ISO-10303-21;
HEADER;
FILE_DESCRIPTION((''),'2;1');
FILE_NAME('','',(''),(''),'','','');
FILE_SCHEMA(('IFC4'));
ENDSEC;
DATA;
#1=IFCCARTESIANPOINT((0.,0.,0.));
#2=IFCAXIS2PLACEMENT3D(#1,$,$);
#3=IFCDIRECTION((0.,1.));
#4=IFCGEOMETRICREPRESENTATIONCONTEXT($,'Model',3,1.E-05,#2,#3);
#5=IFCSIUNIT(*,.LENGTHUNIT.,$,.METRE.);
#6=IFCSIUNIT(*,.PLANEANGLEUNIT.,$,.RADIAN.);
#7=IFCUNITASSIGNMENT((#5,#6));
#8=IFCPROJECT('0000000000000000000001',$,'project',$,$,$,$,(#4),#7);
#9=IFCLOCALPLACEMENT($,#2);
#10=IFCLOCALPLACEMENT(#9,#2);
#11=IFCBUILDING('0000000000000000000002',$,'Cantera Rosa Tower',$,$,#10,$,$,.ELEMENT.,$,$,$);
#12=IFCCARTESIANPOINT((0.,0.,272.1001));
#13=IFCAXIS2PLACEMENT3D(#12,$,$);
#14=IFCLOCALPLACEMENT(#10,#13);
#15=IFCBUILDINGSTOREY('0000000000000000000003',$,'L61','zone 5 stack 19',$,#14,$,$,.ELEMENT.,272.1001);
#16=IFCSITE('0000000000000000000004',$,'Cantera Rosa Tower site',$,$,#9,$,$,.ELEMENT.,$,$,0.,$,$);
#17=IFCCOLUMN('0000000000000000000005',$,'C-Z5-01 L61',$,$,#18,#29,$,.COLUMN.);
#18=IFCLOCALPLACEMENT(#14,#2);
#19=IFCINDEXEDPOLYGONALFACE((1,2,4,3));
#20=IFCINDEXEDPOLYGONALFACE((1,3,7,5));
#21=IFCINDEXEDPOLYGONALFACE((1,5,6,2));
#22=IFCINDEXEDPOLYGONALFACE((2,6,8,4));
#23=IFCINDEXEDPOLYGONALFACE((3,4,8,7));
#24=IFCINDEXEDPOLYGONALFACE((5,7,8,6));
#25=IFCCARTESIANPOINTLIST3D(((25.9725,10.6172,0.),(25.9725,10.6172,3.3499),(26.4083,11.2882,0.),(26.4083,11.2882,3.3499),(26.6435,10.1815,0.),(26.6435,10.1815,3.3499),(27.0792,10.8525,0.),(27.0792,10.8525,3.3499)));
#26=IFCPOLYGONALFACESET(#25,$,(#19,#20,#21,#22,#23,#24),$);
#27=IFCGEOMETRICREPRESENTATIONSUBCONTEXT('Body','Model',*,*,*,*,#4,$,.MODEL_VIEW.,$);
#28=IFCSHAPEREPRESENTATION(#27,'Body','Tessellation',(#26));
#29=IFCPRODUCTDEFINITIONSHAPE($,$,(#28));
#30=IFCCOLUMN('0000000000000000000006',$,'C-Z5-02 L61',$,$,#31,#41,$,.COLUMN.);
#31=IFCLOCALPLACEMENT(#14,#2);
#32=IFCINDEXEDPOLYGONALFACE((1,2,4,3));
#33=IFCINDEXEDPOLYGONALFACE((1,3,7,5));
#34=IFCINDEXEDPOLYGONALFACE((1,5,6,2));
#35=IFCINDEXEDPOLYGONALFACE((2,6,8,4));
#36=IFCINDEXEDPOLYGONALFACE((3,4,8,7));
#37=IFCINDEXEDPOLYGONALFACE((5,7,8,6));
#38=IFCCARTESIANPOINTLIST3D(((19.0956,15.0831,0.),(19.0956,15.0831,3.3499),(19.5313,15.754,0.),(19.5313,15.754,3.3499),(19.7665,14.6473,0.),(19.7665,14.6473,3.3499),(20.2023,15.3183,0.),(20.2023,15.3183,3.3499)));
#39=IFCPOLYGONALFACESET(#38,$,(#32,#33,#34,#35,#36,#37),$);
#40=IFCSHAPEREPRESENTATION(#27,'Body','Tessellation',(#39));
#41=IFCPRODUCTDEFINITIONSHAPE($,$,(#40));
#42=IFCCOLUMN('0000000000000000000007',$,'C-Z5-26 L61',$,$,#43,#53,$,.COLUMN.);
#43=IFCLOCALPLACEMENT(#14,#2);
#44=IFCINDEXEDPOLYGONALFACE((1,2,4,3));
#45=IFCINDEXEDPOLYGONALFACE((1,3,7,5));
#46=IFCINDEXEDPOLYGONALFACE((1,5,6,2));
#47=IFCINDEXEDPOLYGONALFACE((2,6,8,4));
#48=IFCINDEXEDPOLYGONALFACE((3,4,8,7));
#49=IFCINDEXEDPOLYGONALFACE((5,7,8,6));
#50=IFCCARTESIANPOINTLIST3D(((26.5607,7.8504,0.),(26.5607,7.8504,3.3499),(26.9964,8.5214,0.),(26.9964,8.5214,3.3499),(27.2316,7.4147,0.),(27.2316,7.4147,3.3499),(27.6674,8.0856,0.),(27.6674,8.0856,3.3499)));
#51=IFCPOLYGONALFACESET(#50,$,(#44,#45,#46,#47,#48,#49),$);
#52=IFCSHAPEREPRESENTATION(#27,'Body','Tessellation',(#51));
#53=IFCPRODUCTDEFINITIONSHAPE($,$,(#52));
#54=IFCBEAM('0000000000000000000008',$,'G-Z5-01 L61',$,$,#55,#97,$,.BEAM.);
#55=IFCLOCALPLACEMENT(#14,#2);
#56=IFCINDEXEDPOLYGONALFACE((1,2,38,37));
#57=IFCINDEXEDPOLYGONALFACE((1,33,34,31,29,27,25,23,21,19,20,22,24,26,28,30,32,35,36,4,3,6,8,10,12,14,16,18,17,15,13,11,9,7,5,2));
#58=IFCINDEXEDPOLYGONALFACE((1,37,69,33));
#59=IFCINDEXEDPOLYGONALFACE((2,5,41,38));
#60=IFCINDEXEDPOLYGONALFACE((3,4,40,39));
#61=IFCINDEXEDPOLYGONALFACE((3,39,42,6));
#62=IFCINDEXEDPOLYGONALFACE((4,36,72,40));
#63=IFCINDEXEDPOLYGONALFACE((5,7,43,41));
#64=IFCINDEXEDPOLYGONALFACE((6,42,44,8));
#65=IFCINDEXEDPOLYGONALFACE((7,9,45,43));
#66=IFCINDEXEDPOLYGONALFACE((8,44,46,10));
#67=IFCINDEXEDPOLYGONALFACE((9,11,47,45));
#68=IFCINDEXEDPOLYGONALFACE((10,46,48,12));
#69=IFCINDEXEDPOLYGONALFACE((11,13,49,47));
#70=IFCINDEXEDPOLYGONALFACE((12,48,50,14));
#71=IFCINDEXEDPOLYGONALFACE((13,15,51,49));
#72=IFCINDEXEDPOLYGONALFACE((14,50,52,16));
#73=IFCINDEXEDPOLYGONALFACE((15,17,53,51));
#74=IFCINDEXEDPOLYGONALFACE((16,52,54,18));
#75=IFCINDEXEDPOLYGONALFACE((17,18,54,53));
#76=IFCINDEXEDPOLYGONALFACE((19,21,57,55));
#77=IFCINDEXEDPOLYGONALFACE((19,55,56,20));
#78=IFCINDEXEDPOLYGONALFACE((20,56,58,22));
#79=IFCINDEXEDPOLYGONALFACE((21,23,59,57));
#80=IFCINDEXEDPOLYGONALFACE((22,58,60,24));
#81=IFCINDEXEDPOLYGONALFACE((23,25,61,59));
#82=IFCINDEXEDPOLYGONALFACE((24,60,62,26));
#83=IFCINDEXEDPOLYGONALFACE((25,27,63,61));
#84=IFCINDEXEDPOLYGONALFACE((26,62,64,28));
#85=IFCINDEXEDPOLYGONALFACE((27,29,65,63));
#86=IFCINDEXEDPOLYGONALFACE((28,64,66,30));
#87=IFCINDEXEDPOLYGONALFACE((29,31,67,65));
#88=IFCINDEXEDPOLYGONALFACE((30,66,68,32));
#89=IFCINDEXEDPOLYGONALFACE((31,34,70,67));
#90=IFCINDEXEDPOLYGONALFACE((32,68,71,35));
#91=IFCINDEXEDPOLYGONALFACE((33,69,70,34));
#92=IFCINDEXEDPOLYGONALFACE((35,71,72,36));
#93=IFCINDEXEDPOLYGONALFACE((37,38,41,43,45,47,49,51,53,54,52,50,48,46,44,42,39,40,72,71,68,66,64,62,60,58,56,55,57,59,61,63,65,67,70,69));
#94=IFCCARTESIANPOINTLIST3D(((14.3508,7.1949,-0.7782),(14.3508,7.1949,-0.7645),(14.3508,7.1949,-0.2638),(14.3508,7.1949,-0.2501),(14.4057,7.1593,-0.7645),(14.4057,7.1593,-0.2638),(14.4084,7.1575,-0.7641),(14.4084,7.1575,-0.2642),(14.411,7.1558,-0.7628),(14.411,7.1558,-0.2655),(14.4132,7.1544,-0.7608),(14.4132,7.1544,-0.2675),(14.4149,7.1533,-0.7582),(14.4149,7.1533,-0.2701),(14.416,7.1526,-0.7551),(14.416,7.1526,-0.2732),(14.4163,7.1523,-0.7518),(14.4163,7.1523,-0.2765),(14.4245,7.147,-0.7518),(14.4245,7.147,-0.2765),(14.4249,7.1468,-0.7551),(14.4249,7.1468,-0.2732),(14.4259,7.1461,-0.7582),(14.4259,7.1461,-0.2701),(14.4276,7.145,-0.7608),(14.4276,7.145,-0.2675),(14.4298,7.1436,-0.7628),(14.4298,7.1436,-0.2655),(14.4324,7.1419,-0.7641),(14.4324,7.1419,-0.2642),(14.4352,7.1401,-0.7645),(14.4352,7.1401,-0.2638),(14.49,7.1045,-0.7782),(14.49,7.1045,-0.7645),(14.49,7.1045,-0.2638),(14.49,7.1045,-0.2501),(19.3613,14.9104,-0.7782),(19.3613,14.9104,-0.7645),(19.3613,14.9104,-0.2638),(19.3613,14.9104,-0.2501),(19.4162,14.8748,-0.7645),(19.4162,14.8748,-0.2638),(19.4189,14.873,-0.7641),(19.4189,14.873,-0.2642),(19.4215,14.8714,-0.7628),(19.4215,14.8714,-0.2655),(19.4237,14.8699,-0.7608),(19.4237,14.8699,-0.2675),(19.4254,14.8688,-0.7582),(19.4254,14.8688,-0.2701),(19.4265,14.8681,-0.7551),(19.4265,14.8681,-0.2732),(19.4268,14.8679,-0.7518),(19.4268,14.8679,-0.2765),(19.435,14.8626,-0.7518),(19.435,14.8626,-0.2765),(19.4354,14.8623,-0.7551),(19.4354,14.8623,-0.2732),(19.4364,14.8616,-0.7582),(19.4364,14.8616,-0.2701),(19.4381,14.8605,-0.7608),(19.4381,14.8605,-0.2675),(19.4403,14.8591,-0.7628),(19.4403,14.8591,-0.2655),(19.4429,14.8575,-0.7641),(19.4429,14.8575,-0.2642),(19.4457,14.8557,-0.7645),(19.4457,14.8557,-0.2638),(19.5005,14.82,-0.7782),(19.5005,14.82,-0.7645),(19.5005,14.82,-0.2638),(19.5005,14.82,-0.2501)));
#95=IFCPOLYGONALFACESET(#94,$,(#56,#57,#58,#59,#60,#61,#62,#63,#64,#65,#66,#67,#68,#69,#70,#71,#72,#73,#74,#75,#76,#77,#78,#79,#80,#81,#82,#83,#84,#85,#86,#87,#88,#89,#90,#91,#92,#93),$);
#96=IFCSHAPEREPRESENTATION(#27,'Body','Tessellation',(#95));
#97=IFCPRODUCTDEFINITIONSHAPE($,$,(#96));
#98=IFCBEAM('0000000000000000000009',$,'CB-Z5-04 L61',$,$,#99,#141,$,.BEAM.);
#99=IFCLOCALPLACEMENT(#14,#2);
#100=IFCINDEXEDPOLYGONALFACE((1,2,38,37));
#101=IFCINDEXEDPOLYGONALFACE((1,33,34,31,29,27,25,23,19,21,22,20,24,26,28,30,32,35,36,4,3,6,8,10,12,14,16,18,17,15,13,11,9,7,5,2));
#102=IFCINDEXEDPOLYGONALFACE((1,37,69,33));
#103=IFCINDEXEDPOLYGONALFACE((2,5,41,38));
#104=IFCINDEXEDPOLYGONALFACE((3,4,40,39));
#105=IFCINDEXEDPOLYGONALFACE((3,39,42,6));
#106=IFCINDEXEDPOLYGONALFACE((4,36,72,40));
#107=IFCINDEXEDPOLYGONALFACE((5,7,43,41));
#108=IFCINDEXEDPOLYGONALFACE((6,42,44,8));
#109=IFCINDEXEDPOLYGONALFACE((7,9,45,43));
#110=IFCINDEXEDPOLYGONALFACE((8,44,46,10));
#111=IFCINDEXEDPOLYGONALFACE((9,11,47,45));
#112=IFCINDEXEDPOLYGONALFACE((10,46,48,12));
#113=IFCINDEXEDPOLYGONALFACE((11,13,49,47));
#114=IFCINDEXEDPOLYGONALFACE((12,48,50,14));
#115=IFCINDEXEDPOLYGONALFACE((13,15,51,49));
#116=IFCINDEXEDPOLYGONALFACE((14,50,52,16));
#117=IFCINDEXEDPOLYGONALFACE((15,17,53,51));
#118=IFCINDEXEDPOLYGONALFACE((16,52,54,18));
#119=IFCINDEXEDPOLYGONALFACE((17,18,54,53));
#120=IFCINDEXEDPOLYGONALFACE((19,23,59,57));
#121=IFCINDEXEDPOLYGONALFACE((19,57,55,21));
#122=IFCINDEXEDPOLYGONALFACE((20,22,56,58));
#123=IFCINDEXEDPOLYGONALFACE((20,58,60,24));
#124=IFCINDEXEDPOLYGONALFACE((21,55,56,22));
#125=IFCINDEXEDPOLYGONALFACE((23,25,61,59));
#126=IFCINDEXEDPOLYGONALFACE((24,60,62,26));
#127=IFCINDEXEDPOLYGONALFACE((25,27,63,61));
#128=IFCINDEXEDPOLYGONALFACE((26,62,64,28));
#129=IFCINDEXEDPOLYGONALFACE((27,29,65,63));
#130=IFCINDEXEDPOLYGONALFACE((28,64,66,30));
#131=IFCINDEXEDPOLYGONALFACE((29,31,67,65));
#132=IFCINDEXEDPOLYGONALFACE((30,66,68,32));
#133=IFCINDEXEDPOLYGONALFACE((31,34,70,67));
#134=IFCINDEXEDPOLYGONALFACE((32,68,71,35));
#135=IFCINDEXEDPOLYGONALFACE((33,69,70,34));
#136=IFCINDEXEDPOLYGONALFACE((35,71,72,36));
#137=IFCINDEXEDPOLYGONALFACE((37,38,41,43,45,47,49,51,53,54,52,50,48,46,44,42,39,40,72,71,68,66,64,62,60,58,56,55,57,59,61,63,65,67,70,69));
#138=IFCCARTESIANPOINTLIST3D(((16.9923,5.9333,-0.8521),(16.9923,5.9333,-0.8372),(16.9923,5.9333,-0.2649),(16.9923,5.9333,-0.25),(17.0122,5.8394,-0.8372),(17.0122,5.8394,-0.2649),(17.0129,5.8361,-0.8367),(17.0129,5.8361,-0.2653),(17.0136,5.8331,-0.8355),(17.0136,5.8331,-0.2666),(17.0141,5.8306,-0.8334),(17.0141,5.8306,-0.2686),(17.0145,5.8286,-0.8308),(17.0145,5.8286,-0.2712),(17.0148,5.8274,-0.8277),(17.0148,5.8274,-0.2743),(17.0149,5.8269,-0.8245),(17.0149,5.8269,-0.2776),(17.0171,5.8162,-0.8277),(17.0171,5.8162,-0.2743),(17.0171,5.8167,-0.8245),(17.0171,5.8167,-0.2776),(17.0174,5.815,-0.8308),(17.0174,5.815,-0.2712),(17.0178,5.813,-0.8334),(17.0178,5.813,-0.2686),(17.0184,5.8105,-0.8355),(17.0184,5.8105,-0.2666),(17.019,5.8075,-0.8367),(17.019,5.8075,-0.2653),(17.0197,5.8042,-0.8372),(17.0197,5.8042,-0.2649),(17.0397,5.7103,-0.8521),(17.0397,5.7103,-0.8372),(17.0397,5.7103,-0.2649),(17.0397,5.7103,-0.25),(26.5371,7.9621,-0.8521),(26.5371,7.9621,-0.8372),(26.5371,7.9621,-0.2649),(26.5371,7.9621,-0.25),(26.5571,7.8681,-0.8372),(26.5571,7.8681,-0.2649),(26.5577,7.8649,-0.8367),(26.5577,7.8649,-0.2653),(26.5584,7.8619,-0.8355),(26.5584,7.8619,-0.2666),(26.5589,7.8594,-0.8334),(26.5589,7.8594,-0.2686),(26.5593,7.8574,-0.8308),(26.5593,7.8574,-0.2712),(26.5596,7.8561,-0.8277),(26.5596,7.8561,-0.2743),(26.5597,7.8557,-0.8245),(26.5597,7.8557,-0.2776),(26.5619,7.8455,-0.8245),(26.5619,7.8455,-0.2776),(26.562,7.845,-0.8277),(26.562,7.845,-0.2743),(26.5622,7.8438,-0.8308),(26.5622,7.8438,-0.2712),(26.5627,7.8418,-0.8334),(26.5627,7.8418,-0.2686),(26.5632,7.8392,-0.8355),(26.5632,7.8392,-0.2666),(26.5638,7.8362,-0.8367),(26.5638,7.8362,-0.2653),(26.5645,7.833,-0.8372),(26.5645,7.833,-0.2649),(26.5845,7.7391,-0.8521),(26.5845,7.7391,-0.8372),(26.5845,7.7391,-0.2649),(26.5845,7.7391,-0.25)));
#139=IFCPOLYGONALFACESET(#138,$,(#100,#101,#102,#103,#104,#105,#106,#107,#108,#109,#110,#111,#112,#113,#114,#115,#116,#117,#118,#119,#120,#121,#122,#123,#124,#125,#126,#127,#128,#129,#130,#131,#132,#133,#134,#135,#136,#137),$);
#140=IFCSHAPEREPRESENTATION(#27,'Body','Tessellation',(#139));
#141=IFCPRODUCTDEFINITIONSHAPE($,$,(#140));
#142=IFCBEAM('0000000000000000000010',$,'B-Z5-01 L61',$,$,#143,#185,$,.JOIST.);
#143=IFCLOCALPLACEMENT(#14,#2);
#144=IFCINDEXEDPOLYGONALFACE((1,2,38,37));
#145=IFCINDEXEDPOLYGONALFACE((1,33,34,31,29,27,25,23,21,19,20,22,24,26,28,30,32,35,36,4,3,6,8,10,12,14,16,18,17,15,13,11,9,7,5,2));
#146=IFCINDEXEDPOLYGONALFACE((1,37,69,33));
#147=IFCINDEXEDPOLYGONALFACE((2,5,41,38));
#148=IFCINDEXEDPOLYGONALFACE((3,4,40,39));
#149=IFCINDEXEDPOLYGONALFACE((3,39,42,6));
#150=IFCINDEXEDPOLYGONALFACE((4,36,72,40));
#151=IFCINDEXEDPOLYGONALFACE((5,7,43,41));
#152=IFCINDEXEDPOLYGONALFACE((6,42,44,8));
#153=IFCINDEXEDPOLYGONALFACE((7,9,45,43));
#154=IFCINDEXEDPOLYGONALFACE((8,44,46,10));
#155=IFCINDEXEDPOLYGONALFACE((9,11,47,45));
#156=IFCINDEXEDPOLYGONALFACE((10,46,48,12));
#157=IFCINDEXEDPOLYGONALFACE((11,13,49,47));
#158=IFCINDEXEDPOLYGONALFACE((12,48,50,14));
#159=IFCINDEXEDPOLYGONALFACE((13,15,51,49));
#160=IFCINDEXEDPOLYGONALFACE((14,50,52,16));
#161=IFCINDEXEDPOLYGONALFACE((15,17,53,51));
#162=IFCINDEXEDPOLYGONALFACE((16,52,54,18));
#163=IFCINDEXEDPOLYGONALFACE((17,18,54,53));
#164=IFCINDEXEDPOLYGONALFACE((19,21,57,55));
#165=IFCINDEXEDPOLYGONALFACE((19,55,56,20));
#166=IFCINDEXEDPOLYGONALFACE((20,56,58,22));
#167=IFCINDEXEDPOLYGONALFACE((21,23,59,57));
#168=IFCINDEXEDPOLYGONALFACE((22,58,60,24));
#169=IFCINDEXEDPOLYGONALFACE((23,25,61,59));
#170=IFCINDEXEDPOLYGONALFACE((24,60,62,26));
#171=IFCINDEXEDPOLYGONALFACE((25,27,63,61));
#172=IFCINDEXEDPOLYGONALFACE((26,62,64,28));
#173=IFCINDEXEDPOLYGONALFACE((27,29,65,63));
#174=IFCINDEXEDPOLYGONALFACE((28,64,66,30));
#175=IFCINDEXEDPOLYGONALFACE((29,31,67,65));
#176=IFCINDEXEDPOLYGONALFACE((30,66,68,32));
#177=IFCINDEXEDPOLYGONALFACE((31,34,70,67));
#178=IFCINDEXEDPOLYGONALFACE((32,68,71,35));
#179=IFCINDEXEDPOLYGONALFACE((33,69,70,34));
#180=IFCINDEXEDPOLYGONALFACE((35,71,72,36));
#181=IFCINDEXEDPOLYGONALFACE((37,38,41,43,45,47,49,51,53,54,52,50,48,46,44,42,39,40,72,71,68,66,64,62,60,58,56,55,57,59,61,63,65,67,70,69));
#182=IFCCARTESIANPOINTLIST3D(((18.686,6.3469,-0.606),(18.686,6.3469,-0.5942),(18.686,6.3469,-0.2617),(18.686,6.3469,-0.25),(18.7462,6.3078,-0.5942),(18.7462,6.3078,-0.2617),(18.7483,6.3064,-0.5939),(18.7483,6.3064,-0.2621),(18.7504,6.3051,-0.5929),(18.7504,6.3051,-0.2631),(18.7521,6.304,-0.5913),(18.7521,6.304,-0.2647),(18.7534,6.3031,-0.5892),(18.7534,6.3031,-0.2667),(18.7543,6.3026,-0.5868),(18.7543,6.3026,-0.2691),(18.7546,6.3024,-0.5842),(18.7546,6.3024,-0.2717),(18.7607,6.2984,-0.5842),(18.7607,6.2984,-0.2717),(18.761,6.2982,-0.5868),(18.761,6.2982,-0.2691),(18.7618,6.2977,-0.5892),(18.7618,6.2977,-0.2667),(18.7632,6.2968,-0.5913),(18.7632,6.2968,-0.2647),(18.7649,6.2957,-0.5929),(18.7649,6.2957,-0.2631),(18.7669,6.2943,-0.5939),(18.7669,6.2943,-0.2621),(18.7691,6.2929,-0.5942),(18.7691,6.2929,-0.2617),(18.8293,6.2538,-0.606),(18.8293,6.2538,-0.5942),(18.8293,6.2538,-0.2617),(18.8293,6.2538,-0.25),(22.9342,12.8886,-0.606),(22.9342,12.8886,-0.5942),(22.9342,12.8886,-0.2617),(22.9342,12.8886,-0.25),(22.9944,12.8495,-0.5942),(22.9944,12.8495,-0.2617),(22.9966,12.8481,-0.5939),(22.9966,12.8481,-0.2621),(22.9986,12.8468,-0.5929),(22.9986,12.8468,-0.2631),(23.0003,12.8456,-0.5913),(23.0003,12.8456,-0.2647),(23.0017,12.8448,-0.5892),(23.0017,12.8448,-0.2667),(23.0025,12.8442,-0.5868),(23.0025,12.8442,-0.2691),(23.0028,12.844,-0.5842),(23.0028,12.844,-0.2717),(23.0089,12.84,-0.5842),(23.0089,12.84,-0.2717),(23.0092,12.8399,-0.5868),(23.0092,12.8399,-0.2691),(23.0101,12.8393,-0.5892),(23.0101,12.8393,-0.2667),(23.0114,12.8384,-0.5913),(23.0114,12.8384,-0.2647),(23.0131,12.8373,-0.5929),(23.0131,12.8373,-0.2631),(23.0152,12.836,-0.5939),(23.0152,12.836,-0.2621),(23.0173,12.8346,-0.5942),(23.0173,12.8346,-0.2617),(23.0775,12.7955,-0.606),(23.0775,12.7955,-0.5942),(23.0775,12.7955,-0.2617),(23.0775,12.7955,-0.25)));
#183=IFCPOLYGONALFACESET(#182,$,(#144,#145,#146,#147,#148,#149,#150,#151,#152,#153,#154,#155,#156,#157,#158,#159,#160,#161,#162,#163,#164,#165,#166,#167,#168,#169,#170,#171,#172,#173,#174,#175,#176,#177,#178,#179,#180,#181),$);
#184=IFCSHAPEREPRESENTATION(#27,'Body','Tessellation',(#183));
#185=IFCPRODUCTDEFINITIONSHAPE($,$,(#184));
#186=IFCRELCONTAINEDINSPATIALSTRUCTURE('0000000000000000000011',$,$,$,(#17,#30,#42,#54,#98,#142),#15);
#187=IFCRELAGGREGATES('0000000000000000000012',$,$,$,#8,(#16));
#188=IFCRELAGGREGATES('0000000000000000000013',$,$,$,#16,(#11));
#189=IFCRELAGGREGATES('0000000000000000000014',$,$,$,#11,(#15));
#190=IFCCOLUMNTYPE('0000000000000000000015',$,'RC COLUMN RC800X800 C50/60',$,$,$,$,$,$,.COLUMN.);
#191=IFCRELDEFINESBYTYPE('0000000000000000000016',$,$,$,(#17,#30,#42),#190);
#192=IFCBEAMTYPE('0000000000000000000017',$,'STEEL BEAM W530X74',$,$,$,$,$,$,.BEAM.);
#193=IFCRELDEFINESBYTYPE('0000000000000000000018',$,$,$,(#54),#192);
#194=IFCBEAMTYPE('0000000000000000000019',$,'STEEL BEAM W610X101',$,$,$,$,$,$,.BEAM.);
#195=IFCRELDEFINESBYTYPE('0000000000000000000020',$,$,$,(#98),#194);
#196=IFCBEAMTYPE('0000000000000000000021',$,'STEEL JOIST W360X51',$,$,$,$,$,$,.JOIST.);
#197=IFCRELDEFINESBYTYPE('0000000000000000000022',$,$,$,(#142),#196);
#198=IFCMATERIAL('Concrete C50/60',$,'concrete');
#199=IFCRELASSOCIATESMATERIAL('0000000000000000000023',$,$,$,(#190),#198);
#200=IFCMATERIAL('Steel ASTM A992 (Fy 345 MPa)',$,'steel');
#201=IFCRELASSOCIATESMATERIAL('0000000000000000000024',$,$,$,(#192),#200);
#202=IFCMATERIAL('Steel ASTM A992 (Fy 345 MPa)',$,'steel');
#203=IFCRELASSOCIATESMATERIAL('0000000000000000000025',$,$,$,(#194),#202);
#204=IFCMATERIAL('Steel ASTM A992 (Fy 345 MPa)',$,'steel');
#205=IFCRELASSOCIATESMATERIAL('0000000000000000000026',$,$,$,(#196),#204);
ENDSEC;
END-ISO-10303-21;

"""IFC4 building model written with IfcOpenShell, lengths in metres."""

from ifc_helpers import new_model, si_unit, direction, frame, origin, origin_2d, place, context, subcontext, project, spatial, rectangle, i_section, extrude, material, material_profile, profile_set, type_object, element, save


model = new_model("IFC4")

# Units and contexts
model_context = context("Model", 3, precision=1e-05, world=origin(), true_north=direction((0.0, 1.0)))
body_context = subcontext(model_context, "Body", "Model", "MODEL_VIEW")
ifc_project = project(units=[si_unit("LENGTHUNIT", "METRE"), si_unit("PLANEANGLEUNIT", "RADIAN")], contexts=[model_context])

# Site, building, storey
site_placement = place(None, origin())
site = spatial("IfcSite", under=ifc_project, at=site_placement, Name="Cantera Rosa Tower site", CompositionType="ELEMENT", RefElevation=0.0)
building_placement = place(site_placement, origin())
building = spatial("IfcBuilding", under=site, at=building_placement, Name="Cantera Rosa Tower", CompositionType="ELEMENT")
storey_placement = place(building_placement, frame((0.0, 0.0, 272.1001)))
storey = spatial("IfcBuildingStorey", under=building, at=storey_placement, Name="L61", Description="zone 5 stack 19", CompositionType="ELEMENT", Elevation=272.1001)

# Columns
ifc_material_1 = material(Name="Concrete C50/60", Category="concrete")
ifc_material_profile_1 = material_profile(ifc_material_1, rectangle(XDim=0.8, YDim=0.8, at=origin_2d()), Name="RC COLUMN RC800X800 C50/60")
ifc_profile_set_1 = profile_set([ifc_material_profile_1], Name="Concrete C50/60")
column_type = type_object("IfcColumnType", Name="RC COLUMN RC800X800 C50/60", PredefinedType="COLUMN", material=ifc_profile_set_1)
for number, where, z_axis, x_axis, name in (
    (1, (26.5259, 10.7349, 0.0), (0.0, 0.0, 1.0), (0.544639, 0.838671, 0.0), "C-Z5-01 L61"),
    (2, (19.6489, 15.2007, 0.0), (0.0, 0.0, 1.0), (0.544639, 0.838671, 0.0), "C-Z5-02 L61"),
    (3, (27.114, 7.968, 0.0), (0.0, 0.0, 1.0), (0.544639, 0.838671, 0.0), "C-Z5-26 L61"),
):
    element("IfcColumn", number, at=place(storey_placement, frame(where, z_axis=z_axis, x_axis=x_axis)), inside=storey, type_object=column_type, Name=name, PredefinedType="COLUMN", context=body_context, shape_type="SweptSolid", body=[
        extrude(rectangle(XDim=0.8, YDim=0.8, at=origin_2d()), origin(), (0.0, 0.0, 1.0), 3.3499),
    ])

# Beams
ifc_material_2 = material(Name="Steel ASTM A992 (Fy 345 MPa)", Category="steel")
ifc_material_profile_2 = material_profile(ifc_material_2, i_section(OverallWidth=0.166, OverallDepth=0.5281, WebThickness=0.0098, FlangeThickness=0.0137, FilletRadius=0.0127, at=origin_2d()), Name="W530X74")
ifc_profile_set_2 = profile_set([ifc_material_profile_2], Name="Steel ASTM A992 (Fy 345 MPa)")
beam_type_1 = type_object("IfcBeamType", Name="STEEL BEAM W530X74", PredefinedType="BEAM", material=ifc_profile_set_2)
beam_1_placement = place(storey_placement, frame((19.4309, 14.8652, -0.5142), z_axis=(-0.544635, -0.838673, 0.0), x_axis=(0.838673, -0.544635, 0.0)))
element("IfcBeam", 4, at=beam_1_placement, inside=storey, type_object=beam_type_1, Name="G-Z5-01 L61", PredefinedType="BEAM", context=body_context, shape_type="SweptSolid", body=[
    extrude(i_section(OverallWidth=0.166, OverallDepth=0.5281, WebThickness=0.0098, FlangeThickness=0.0137, FilletRadius=0.0127, at=origin_2d()), origin(), (0.0, 0.0, 1.0), 9.1997),
])
ifc_material_3 = material(Name="Steel ASTM A992 (Fy 345 MPa)", Category="steel")
ifc_material_profile_3 = material_profile(ifc_material_3, i_section(OverallWidth=0.228, OverallDepth=0.6021, WebThickness=0.0105, FlangeThickness=0.0149, FilletRadius=0.0127, at=origin_2d()), Name="W610X101")
ifc_profile_set_3 = profile_set([ifc_material_profile_3], Name="Steel ASTM A992 (Fy 345 MPa)")
beam_type_2 = type_object("IfcBeamType", Name="STEEL BEAM W610X101", PredefinedType="BEAM", material=ifc_profile_set_3)
beam_2_placement = place(storey_placement, frame((26.5608, 7.8506, -0.551), z_axis=(-0.978148, -0.207909, 0.0), x_axis=(0.207909, -0.978148, 0.0)))
element("IfcBeam", 5, at=beam_2_placement, inside=storey, type_object=beam_type_2, Name="CB-Z5-04 L61", PredefinedType="BEAM", context=body_context, shape_type="SweptSolid", body=[
    extrude(i_section(OverallWidth=0.228, OverallDepth=0.6021, WebThickness=0.0105, FlangeThickness=0.0149, FilletRadius=0.0127, at=origin_2d()), origin(), (0.0, 0.0, 1.0), 9.7581),
])
ifc_material_4 = material(Name="Steel ASTM A992 (Fy 345 MPa)", Category="steel")
ifc_material_profile_4 = material_profile(ifc_material_4, i_section(OverallWidth=0.1709, OverallDepth=0.356, WebThickness=0.0073, FlangeThickness=0.0117, FilletRadius=0.01, at=origin_2d()), Name="W360X51")
ifc_profile_set_4 = profile_set([ifc_material_profile_4], Name="Steel ASTM A992 (Fy 345 MPa)")
beam_type_3 = type_object("IfcBeamType", Name="STEEL JOIST W360X51", PredefinedType="JOIST", material=ifc_profile_set_4)
beam_3_placement = place(storey_placement, frame((23.0059, 12.842, -0.428), z_axis=(-0.544642, -0.838669, 0.0), x_axis=(0.838669, -0.544642, 0.0)))
element("IfcBeam", 6, at=beam_3_placement, inside=storey, type_object=beam_type_3, Name="B-Z5-01 L61", PredefinedType="JOIST", context=body_context, shape_type="SweptSolid", body=[
    extrude(i_section(OverallWidth=0.1709, OverallDepth=0.356, WebThickness=0.0073, FlangeThickness=0.0117, FilletRadius=0.01, at=origin_2d()), origin(), (0.0, 0.0, 1.0), 7.8),
])

save(model, "model.ifc")
